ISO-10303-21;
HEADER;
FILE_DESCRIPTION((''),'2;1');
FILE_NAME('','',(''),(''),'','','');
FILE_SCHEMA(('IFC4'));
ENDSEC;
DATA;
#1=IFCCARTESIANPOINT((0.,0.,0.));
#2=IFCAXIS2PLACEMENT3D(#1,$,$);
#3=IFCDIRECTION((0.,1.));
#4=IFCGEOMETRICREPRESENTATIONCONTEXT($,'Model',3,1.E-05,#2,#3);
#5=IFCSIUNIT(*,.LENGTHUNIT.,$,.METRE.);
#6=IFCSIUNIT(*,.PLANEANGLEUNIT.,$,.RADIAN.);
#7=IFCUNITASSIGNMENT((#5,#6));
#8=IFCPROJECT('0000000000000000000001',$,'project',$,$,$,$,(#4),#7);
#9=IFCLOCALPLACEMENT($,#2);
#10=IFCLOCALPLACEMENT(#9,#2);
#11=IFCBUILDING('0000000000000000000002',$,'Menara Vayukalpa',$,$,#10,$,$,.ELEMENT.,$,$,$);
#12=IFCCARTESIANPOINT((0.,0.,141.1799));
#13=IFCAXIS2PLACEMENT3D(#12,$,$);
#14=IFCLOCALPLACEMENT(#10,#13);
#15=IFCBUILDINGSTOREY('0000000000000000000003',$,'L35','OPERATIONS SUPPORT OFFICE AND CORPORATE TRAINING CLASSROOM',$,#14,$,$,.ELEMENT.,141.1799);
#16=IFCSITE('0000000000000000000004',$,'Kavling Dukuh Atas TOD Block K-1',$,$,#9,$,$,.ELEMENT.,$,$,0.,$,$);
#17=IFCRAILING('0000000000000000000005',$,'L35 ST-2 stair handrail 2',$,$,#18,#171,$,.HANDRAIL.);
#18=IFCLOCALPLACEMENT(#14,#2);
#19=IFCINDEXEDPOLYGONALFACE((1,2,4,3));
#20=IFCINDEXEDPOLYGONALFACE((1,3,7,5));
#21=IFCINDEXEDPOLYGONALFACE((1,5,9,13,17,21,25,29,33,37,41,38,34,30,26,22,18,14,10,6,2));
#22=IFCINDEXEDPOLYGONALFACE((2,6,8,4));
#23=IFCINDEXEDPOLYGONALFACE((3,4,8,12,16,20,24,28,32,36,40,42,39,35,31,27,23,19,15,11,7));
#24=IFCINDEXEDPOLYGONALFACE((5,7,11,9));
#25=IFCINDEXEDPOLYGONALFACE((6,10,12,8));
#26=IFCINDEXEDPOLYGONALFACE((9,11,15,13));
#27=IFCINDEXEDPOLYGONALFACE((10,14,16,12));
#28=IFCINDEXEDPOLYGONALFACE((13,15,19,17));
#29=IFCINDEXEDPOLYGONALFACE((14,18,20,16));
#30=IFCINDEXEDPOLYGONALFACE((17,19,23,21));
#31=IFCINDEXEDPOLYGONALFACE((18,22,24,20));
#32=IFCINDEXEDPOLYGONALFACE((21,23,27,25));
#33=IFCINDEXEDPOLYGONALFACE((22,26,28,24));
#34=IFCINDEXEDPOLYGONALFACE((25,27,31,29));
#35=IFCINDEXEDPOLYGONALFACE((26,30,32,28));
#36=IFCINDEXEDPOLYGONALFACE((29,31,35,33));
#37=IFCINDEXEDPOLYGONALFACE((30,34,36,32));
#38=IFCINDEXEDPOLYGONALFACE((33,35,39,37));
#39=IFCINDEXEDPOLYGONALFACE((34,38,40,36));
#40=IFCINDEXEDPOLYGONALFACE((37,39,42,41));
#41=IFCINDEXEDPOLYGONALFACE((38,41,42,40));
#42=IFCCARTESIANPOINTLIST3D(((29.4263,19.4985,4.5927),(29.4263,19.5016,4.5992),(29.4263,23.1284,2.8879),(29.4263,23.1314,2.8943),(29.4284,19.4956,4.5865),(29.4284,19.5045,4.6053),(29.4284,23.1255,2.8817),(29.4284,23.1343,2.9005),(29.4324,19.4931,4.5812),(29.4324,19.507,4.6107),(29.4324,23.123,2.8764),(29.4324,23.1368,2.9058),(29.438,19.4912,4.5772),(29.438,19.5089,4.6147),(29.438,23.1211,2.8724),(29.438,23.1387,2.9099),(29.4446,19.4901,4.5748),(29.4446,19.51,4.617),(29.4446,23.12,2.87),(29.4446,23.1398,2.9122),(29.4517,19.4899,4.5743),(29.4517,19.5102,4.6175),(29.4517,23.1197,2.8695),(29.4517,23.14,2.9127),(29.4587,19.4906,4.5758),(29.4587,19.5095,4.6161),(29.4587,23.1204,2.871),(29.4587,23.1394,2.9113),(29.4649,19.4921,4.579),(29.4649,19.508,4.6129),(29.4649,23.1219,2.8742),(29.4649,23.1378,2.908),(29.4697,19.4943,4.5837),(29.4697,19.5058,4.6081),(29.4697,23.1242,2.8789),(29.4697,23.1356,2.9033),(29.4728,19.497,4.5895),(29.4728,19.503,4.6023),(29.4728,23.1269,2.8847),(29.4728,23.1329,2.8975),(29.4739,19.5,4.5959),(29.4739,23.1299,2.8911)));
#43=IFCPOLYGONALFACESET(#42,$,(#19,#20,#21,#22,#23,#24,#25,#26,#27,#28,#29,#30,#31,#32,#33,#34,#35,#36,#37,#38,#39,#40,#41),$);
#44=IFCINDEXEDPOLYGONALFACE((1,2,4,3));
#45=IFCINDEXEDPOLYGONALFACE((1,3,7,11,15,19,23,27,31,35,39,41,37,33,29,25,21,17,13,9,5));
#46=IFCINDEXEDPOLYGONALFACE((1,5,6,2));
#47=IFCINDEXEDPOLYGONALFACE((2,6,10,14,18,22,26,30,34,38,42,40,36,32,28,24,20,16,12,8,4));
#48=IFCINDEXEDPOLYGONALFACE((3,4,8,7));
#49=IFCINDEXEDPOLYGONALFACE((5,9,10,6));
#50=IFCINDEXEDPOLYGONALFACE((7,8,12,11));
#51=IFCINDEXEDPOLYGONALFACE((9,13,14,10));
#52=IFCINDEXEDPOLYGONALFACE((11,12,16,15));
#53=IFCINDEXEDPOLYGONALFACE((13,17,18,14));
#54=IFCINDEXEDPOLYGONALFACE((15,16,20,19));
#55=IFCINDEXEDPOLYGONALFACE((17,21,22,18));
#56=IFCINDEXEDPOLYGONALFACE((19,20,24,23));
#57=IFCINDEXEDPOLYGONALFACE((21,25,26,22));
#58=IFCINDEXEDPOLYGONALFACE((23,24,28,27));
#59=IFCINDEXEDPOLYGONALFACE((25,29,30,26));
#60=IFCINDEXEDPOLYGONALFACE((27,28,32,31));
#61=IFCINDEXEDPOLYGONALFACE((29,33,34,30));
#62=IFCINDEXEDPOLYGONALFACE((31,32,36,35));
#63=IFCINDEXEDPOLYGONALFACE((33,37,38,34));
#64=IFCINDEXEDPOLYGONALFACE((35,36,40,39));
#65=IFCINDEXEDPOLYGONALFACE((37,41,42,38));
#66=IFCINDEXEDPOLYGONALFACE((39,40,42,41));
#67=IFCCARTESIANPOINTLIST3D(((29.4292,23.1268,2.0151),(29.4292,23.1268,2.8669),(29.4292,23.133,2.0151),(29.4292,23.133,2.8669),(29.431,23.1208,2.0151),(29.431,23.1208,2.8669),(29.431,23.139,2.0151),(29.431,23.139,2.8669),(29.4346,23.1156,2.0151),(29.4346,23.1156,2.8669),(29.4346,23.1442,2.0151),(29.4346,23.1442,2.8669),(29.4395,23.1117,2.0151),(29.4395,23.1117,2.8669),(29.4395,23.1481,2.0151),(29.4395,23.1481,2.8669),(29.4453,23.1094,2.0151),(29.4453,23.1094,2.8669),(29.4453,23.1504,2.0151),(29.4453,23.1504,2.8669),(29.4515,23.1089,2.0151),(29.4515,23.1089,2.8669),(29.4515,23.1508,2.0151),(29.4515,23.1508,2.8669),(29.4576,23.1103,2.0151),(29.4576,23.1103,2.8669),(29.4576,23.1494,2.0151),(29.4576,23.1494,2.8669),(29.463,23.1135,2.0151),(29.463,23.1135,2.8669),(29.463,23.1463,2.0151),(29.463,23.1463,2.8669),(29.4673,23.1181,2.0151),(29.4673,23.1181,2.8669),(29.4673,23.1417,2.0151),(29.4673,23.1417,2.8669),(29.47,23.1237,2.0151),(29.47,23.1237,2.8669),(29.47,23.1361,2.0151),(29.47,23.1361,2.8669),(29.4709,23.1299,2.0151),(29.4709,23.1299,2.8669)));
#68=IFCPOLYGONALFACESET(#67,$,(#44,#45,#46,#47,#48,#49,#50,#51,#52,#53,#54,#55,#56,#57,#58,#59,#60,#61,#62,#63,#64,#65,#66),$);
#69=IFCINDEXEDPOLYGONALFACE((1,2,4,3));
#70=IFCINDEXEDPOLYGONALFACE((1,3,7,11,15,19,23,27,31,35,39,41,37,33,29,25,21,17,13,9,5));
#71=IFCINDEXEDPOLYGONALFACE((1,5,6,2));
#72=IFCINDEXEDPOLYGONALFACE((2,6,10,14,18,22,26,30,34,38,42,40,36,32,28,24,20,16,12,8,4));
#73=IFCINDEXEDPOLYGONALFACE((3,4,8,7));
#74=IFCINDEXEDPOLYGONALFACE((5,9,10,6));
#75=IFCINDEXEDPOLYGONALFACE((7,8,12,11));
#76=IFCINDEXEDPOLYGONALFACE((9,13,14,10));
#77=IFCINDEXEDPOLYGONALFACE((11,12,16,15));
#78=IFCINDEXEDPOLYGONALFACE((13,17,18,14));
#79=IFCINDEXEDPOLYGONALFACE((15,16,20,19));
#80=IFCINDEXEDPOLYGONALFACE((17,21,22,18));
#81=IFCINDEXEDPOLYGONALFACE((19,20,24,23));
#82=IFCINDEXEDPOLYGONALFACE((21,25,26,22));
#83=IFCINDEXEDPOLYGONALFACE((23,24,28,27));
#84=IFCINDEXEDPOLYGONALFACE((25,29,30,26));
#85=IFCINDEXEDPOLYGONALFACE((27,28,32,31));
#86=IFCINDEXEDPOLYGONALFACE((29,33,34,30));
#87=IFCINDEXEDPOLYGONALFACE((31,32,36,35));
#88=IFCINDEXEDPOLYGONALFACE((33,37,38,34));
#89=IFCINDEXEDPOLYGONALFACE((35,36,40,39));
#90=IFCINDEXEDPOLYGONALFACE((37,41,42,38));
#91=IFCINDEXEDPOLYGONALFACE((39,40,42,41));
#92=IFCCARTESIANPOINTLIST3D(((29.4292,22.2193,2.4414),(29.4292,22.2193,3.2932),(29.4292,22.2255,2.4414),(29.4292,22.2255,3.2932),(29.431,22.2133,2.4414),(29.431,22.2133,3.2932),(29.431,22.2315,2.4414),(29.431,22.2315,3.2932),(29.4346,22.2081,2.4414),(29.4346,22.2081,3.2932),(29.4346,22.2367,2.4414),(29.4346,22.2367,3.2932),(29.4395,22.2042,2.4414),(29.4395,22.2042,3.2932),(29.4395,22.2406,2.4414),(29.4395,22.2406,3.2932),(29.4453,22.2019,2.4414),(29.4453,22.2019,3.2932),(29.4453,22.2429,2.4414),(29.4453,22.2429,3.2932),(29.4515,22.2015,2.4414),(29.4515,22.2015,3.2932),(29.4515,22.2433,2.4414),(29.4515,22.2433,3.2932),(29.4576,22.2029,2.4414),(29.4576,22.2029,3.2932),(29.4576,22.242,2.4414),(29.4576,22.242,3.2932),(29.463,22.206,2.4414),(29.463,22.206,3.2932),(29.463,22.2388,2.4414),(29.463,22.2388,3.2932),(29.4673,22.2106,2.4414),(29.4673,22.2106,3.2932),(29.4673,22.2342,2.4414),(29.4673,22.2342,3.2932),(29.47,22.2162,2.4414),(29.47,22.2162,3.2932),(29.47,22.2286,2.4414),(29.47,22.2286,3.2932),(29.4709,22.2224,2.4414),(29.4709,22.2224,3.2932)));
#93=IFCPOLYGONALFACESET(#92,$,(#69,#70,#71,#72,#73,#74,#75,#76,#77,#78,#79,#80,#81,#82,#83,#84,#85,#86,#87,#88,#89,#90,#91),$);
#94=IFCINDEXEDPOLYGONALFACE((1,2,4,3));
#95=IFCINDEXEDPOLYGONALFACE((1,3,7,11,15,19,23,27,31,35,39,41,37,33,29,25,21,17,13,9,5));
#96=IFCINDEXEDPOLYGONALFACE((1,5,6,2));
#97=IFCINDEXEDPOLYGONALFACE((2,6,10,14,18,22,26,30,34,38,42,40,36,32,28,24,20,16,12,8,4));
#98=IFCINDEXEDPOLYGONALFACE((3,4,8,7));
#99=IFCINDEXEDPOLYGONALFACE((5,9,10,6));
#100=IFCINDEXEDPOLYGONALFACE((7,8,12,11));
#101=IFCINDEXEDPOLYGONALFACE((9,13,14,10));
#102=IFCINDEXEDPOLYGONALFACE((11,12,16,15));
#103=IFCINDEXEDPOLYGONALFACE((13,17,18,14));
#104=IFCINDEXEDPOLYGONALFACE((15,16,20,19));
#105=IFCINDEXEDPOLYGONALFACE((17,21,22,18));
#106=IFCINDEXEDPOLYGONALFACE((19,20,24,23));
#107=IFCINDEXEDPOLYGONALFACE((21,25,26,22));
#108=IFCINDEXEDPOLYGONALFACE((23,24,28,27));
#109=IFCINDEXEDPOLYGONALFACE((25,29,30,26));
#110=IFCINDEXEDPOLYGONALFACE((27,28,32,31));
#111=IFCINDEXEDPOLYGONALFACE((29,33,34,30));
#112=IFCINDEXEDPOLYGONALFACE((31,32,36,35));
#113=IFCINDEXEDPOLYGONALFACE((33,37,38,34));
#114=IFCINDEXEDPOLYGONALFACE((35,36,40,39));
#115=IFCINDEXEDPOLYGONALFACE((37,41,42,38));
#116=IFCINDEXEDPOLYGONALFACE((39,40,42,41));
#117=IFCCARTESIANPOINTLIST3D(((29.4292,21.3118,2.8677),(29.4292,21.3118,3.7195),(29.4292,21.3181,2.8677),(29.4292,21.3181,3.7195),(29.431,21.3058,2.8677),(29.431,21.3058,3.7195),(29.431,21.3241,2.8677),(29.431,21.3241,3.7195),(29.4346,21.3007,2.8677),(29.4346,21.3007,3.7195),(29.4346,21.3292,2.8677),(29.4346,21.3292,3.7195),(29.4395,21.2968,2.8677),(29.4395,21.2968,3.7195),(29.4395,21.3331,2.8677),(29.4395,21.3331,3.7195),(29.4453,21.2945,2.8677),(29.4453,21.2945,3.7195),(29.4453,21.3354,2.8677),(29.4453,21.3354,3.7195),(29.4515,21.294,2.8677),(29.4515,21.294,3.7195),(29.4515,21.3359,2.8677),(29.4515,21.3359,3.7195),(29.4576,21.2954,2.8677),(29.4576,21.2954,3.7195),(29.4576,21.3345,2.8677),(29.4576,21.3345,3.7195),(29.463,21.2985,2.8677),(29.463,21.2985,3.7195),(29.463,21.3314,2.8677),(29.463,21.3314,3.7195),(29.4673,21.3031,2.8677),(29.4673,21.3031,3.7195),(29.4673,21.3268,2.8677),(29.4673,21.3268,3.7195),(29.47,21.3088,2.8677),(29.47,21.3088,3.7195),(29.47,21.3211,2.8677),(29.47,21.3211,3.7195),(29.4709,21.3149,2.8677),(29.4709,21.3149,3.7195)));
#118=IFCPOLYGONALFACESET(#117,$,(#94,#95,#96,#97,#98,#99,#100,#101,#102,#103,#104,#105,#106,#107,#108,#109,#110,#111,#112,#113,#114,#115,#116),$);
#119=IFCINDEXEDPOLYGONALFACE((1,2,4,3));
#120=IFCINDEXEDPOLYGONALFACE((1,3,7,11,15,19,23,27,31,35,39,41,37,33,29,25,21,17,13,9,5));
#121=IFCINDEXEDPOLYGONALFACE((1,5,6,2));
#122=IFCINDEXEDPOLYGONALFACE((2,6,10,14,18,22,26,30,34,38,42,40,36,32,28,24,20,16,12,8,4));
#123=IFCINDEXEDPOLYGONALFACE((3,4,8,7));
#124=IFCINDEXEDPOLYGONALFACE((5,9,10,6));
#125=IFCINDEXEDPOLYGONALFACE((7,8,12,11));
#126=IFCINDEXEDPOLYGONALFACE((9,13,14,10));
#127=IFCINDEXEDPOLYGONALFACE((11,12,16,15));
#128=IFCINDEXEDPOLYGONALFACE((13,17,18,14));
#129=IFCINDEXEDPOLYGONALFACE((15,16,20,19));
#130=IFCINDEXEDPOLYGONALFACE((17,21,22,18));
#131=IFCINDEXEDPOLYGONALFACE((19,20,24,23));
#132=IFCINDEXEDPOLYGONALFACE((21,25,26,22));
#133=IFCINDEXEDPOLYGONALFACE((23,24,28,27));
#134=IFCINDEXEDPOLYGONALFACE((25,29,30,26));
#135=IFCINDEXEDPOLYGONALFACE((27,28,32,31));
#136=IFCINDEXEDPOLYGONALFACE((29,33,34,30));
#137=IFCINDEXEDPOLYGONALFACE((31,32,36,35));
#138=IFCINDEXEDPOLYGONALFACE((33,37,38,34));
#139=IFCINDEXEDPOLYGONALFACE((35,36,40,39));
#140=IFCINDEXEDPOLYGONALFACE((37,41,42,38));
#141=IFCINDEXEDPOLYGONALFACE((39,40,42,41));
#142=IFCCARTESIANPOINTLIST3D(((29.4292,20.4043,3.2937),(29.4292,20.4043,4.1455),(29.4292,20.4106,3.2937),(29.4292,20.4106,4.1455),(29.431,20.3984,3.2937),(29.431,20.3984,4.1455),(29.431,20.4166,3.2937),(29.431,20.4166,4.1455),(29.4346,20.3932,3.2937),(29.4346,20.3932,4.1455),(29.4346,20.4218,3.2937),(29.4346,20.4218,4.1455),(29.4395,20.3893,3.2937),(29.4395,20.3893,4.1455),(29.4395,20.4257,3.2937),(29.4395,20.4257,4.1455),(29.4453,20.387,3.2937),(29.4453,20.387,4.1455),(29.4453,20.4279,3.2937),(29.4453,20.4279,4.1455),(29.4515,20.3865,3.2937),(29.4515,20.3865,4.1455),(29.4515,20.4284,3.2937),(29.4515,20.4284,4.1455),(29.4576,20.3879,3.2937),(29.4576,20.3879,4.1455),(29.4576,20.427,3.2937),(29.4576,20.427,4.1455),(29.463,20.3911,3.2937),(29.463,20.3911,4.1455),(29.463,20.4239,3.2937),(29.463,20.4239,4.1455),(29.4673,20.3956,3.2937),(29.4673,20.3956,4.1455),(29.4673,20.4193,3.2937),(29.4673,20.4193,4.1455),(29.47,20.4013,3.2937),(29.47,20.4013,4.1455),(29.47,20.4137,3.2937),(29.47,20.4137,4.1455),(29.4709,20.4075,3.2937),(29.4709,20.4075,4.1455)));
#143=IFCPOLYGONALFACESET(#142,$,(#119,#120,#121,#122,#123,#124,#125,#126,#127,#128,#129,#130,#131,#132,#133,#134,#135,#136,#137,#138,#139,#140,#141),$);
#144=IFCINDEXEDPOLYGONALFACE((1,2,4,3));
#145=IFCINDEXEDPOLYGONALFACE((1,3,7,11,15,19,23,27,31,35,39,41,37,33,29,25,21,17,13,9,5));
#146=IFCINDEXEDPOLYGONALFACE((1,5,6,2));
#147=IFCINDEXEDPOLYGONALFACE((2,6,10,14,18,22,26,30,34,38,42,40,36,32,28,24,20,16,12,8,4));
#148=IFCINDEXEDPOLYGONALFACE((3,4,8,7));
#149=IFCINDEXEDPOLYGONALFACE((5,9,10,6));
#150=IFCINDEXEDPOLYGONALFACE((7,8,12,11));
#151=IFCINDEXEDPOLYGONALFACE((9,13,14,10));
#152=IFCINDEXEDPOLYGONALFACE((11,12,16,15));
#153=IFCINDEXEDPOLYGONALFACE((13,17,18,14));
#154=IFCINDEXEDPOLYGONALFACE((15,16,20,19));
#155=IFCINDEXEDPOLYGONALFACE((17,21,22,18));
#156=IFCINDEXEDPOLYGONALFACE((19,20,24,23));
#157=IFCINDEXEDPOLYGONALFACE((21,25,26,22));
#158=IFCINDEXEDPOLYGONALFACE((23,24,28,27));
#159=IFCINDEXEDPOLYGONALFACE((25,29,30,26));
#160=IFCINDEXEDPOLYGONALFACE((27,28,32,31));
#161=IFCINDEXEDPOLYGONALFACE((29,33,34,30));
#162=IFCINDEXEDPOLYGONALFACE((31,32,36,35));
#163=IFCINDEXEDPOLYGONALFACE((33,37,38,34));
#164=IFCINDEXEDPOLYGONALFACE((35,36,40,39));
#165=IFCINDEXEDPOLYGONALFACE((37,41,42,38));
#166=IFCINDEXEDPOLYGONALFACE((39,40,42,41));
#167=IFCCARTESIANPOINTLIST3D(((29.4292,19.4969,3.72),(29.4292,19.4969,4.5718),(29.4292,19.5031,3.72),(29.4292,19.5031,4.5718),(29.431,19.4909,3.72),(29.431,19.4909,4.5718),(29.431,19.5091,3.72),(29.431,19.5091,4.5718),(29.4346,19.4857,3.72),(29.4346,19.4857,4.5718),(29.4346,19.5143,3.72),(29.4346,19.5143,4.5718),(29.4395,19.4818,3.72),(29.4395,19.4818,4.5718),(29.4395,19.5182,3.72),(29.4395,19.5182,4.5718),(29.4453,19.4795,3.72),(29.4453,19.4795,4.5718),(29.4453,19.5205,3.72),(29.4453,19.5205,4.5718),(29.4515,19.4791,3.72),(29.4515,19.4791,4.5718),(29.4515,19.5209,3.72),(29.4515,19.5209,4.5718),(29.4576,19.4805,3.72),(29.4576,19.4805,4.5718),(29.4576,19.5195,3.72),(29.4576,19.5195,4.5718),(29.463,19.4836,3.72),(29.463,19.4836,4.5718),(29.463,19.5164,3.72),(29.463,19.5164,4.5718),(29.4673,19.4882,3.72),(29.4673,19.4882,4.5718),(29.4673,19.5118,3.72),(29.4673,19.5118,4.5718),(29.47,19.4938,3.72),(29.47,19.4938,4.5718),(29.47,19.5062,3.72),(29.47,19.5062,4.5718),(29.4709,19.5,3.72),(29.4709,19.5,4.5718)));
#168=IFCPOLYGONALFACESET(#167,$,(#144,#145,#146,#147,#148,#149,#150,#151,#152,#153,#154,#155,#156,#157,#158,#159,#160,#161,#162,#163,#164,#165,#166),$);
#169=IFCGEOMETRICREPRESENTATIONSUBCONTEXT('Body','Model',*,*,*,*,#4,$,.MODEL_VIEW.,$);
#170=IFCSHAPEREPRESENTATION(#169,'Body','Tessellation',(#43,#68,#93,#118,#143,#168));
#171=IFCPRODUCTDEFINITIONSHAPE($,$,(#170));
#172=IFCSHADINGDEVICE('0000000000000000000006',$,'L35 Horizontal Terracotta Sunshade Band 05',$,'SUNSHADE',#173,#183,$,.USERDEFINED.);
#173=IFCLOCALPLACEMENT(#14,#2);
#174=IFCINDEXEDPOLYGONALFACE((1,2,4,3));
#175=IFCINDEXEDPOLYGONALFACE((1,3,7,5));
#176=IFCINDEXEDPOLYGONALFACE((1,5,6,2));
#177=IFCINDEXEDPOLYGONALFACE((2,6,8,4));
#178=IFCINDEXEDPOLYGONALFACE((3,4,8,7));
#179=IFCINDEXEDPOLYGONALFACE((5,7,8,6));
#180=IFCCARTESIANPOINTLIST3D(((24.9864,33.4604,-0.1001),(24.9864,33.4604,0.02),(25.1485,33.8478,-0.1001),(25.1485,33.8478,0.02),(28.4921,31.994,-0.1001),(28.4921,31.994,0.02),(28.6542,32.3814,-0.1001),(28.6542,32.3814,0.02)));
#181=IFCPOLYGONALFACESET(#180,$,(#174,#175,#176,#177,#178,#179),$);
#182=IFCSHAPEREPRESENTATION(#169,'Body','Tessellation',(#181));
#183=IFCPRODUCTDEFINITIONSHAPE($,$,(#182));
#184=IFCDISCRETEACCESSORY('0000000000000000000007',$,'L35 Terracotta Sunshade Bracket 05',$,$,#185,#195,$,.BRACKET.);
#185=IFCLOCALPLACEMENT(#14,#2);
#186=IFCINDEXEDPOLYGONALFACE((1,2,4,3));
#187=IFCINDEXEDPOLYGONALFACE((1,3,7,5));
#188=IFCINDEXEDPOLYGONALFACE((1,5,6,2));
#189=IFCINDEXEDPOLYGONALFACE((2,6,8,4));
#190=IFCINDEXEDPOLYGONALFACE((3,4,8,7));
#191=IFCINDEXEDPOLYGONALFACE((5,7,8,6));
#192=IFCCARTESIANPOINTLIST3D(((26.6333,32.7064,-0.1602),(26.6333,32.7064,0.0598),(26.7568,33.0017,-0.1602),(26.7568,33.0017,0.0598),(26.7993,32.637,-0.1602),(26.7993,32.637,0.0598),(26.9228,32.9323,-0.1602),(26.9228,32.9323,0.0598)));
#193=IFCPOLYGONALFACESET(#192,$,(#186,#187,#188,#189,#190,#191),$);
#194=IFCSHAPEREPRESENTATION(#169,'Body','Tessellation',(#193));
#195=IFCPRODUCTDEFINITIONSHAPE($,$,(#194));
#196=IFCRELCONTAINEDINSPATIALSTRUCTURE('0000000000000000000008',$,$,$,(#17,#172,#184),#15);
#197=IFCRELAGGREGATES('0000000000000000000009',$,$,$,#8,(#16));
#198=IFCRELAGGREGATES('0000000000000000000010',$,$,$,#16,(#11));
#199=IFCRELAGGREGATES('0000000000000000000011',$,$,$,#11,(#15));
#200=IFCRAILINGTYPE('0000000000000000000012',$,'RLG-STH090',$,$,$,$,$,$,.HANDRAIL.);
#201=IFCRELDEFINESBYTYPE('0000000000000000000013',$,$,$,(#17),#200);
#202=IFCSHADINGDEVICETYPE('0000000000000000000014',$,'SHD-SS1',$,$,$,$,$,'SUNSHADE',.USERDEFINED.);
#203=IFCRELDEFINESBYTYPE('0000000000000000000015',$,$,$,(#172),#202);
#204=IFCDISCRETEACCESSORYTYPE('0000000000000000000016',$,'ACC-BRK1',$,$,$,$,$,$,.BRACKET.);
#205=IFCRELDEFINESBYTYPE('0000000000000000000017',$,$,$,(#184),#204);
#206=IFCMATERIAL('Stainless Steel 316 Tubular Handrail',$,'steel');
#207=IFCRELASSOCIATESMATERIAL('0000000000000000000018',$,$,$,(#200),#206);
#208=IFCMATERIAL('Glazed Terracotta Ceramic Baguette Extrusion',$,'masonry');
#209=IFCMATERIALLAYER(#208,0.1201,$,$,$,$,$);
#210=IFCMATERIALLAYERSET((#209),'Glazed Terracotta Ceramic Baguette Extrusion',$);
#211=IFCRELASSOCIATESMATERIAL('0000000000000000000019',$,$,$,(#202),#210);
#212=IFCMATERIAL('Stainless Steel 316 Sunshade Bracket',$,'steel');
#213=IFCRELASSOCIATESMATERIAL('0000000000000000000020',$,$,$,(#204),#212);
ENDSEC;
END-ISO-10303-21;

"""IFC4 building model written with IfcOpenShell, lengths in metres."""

from ifc_helpers import new_model, si_unit, direction, frame, origin, origin_2d, place, context, subcontext, project, spatial, rectangle, circle, extrude, material, layer, layer_set, type_object, element, save


model = new_model("IFC4")

# Units and contexts
model_context = context("Model", 3, precision=1e-05, world=origin(), true_north=direction((0.0, 1.0)))
body_context = subcontext(model_context, "Body", "Model", "MODEL_VIEW")
ifc_project = project(units=[si_unit("LENGTHUNIT", "METRE"), si_unit("PLANEANGLEUNIT", "RADIAN")], contexts=[model_context])

# Site, building, storey
site_placement = place(None, origin())
site = spatial("IfcSite", under=ifc_project, at=site_placement, Name="Kavling Dukuh Atas TOD Block K-1", CompositionType="ELEMENT", RefElevation=0.0)
building_placement = place(site_placement, origin())
building = spatial("IfcBuilding", under=site, at=building_placement, Name="Menara Vayukalpa", CompositionType="ELEMENT")
storey_placement = place(building_placement, frame((0.0, 0.0, 141.1799)))
storey = spatial("IfcBuildingStorey", under=building, at=storey_placement, Name="L35", Description="OPERATIONS SUPPORT OFFICE AND CORPORATE TRAINING CLASSROOM", CompositionType="ELEMENT", Elevation=141.1799)

# Railing
ifc_material_1 = material(Name="Stainless Steel 316 Tubular Handrail", Category="steel")
railing_type = type_object("IfcRailingType", Name="RLG-STH090", PredefinedType="HANDRAIL", material=ifc_material_1)
railing_placement = place(storey_placement, frame((29.45, 23.1299, 2.0151)))
element("IfcRailing", 1, at=railing_placement, inside=storey, type_object=railing_type, Name="L35 ST-2 stair handrail 2", PredefinedType="HANDRAIL", context=body_context, shape_type="SweptSolid", body=[
    extrude(circle(Radius=0.0239, at=origin_2d()), frame((0.0, 0.0, 0.876), z_axis=(0.0, -0.90514, 0.425114), x_axis=(1.0, 0.0, 0.0)), (0.0, 0.0, 1.0), 4.0103),
    extrude(circle(Radius=0.021, at=origin_2d()), origin(), (0.0, 0.0, 1.0), 0.8518),
    extrude(circle(Radius=0.021, at=origin_2d()), frame((0.0, -0.9075, 0.4263)), (0.0, 0.0, 1.0), 0.8518),
    extrude(circle(Radius=0.021, at=origin_2d()), frame((0.0, -1.8149, 0.8525)), (0.0, 0.0, 1.0), 0.8518),
    extrude(circle(Radius=0.021, at=origin_2d()), frame((0.0, -2.7224, 1.2786)), (0.0, 0.0, 1.0), 0.8518),
    extrude(circle(Radius=0.021, at=origin_2d()), frame((0.0, -3.6299, 1.7048)), (0.0, 0.0, 1.0), 0.8518),
])

# Shading device
ifc_material_2 = material(Name="Glazed Terracotta Ceramic Baguette Extrusion", Category="masonry")
ifc_layer_1 = layer(ifc_material_2, 0.1201)
ifc_layer_set_1 = layer_set([ifc_layer_1], Name="Glazed Terracotta Ceramic Baguette Extrusion")
shading_device_type = type_object("IfcShadingDeviceType", Name="SHD-SS1", ElementType="SUNSHADE", PredefinedType="USERDEFINED", material=ifc_layer_set_1)
shading_device_placement = place(storey_placement, frame((26.8203, 32.9209, -0.1001), z_axis=(0.0, 0.0, 1.0), x_axis=(-0.922545, 0.38589, 0.0)))
element("IfcShadingDevice", 2, at=shading_device_placement, inside=storey, type_object=shading_device_type, Name="L35 Horizontal Terracotta Sunshade Band 05", ObjectType="SUNSHADE", PredefinedType="USERDEFINED", context=body_context, shape_type="SweptSolid", body=[
    extrude(rectangle(XDim=3.8, YDim=0.4199, at=origin_2d()), origin(), (0.0, 0.0, 1.0), 0.1201),
])

# Discrete accessory
ifc_material_3 = material(Name="Stainless Steel 316 Sunshade Bracket", Category="steel")
discrete_accessory_type = type_object("IfcDiscreteAccessoryType", Name="ACC-BRK1", PredefinedType="BRACKET", material=ifc_material_3)
discrete_accessory_placement = place(storey_placement, frame((26.7781, 32.8193, -0.1602), z_axis=(0.0, 0.0, 1.0), x_axis=(-0.922545, 0.38589, 0.0)))
element("IfcDiscreteAccessory", 3, at=discrete_accessory_placement, inside=storey, type_object=discrete_accessory_type, Name="L35 Terracotta Sunshade Bracket 05", PredefinedType="BRACKET", context=body_context, shape_type="SweptSolid", body=[
    extrude(rectangle(XDim=0.1799, YDim=0.3201, at=origin_2d()), origin(), (0.0, 0.0, 1.0), 0.22),
])

save(model, "model.ifc")
